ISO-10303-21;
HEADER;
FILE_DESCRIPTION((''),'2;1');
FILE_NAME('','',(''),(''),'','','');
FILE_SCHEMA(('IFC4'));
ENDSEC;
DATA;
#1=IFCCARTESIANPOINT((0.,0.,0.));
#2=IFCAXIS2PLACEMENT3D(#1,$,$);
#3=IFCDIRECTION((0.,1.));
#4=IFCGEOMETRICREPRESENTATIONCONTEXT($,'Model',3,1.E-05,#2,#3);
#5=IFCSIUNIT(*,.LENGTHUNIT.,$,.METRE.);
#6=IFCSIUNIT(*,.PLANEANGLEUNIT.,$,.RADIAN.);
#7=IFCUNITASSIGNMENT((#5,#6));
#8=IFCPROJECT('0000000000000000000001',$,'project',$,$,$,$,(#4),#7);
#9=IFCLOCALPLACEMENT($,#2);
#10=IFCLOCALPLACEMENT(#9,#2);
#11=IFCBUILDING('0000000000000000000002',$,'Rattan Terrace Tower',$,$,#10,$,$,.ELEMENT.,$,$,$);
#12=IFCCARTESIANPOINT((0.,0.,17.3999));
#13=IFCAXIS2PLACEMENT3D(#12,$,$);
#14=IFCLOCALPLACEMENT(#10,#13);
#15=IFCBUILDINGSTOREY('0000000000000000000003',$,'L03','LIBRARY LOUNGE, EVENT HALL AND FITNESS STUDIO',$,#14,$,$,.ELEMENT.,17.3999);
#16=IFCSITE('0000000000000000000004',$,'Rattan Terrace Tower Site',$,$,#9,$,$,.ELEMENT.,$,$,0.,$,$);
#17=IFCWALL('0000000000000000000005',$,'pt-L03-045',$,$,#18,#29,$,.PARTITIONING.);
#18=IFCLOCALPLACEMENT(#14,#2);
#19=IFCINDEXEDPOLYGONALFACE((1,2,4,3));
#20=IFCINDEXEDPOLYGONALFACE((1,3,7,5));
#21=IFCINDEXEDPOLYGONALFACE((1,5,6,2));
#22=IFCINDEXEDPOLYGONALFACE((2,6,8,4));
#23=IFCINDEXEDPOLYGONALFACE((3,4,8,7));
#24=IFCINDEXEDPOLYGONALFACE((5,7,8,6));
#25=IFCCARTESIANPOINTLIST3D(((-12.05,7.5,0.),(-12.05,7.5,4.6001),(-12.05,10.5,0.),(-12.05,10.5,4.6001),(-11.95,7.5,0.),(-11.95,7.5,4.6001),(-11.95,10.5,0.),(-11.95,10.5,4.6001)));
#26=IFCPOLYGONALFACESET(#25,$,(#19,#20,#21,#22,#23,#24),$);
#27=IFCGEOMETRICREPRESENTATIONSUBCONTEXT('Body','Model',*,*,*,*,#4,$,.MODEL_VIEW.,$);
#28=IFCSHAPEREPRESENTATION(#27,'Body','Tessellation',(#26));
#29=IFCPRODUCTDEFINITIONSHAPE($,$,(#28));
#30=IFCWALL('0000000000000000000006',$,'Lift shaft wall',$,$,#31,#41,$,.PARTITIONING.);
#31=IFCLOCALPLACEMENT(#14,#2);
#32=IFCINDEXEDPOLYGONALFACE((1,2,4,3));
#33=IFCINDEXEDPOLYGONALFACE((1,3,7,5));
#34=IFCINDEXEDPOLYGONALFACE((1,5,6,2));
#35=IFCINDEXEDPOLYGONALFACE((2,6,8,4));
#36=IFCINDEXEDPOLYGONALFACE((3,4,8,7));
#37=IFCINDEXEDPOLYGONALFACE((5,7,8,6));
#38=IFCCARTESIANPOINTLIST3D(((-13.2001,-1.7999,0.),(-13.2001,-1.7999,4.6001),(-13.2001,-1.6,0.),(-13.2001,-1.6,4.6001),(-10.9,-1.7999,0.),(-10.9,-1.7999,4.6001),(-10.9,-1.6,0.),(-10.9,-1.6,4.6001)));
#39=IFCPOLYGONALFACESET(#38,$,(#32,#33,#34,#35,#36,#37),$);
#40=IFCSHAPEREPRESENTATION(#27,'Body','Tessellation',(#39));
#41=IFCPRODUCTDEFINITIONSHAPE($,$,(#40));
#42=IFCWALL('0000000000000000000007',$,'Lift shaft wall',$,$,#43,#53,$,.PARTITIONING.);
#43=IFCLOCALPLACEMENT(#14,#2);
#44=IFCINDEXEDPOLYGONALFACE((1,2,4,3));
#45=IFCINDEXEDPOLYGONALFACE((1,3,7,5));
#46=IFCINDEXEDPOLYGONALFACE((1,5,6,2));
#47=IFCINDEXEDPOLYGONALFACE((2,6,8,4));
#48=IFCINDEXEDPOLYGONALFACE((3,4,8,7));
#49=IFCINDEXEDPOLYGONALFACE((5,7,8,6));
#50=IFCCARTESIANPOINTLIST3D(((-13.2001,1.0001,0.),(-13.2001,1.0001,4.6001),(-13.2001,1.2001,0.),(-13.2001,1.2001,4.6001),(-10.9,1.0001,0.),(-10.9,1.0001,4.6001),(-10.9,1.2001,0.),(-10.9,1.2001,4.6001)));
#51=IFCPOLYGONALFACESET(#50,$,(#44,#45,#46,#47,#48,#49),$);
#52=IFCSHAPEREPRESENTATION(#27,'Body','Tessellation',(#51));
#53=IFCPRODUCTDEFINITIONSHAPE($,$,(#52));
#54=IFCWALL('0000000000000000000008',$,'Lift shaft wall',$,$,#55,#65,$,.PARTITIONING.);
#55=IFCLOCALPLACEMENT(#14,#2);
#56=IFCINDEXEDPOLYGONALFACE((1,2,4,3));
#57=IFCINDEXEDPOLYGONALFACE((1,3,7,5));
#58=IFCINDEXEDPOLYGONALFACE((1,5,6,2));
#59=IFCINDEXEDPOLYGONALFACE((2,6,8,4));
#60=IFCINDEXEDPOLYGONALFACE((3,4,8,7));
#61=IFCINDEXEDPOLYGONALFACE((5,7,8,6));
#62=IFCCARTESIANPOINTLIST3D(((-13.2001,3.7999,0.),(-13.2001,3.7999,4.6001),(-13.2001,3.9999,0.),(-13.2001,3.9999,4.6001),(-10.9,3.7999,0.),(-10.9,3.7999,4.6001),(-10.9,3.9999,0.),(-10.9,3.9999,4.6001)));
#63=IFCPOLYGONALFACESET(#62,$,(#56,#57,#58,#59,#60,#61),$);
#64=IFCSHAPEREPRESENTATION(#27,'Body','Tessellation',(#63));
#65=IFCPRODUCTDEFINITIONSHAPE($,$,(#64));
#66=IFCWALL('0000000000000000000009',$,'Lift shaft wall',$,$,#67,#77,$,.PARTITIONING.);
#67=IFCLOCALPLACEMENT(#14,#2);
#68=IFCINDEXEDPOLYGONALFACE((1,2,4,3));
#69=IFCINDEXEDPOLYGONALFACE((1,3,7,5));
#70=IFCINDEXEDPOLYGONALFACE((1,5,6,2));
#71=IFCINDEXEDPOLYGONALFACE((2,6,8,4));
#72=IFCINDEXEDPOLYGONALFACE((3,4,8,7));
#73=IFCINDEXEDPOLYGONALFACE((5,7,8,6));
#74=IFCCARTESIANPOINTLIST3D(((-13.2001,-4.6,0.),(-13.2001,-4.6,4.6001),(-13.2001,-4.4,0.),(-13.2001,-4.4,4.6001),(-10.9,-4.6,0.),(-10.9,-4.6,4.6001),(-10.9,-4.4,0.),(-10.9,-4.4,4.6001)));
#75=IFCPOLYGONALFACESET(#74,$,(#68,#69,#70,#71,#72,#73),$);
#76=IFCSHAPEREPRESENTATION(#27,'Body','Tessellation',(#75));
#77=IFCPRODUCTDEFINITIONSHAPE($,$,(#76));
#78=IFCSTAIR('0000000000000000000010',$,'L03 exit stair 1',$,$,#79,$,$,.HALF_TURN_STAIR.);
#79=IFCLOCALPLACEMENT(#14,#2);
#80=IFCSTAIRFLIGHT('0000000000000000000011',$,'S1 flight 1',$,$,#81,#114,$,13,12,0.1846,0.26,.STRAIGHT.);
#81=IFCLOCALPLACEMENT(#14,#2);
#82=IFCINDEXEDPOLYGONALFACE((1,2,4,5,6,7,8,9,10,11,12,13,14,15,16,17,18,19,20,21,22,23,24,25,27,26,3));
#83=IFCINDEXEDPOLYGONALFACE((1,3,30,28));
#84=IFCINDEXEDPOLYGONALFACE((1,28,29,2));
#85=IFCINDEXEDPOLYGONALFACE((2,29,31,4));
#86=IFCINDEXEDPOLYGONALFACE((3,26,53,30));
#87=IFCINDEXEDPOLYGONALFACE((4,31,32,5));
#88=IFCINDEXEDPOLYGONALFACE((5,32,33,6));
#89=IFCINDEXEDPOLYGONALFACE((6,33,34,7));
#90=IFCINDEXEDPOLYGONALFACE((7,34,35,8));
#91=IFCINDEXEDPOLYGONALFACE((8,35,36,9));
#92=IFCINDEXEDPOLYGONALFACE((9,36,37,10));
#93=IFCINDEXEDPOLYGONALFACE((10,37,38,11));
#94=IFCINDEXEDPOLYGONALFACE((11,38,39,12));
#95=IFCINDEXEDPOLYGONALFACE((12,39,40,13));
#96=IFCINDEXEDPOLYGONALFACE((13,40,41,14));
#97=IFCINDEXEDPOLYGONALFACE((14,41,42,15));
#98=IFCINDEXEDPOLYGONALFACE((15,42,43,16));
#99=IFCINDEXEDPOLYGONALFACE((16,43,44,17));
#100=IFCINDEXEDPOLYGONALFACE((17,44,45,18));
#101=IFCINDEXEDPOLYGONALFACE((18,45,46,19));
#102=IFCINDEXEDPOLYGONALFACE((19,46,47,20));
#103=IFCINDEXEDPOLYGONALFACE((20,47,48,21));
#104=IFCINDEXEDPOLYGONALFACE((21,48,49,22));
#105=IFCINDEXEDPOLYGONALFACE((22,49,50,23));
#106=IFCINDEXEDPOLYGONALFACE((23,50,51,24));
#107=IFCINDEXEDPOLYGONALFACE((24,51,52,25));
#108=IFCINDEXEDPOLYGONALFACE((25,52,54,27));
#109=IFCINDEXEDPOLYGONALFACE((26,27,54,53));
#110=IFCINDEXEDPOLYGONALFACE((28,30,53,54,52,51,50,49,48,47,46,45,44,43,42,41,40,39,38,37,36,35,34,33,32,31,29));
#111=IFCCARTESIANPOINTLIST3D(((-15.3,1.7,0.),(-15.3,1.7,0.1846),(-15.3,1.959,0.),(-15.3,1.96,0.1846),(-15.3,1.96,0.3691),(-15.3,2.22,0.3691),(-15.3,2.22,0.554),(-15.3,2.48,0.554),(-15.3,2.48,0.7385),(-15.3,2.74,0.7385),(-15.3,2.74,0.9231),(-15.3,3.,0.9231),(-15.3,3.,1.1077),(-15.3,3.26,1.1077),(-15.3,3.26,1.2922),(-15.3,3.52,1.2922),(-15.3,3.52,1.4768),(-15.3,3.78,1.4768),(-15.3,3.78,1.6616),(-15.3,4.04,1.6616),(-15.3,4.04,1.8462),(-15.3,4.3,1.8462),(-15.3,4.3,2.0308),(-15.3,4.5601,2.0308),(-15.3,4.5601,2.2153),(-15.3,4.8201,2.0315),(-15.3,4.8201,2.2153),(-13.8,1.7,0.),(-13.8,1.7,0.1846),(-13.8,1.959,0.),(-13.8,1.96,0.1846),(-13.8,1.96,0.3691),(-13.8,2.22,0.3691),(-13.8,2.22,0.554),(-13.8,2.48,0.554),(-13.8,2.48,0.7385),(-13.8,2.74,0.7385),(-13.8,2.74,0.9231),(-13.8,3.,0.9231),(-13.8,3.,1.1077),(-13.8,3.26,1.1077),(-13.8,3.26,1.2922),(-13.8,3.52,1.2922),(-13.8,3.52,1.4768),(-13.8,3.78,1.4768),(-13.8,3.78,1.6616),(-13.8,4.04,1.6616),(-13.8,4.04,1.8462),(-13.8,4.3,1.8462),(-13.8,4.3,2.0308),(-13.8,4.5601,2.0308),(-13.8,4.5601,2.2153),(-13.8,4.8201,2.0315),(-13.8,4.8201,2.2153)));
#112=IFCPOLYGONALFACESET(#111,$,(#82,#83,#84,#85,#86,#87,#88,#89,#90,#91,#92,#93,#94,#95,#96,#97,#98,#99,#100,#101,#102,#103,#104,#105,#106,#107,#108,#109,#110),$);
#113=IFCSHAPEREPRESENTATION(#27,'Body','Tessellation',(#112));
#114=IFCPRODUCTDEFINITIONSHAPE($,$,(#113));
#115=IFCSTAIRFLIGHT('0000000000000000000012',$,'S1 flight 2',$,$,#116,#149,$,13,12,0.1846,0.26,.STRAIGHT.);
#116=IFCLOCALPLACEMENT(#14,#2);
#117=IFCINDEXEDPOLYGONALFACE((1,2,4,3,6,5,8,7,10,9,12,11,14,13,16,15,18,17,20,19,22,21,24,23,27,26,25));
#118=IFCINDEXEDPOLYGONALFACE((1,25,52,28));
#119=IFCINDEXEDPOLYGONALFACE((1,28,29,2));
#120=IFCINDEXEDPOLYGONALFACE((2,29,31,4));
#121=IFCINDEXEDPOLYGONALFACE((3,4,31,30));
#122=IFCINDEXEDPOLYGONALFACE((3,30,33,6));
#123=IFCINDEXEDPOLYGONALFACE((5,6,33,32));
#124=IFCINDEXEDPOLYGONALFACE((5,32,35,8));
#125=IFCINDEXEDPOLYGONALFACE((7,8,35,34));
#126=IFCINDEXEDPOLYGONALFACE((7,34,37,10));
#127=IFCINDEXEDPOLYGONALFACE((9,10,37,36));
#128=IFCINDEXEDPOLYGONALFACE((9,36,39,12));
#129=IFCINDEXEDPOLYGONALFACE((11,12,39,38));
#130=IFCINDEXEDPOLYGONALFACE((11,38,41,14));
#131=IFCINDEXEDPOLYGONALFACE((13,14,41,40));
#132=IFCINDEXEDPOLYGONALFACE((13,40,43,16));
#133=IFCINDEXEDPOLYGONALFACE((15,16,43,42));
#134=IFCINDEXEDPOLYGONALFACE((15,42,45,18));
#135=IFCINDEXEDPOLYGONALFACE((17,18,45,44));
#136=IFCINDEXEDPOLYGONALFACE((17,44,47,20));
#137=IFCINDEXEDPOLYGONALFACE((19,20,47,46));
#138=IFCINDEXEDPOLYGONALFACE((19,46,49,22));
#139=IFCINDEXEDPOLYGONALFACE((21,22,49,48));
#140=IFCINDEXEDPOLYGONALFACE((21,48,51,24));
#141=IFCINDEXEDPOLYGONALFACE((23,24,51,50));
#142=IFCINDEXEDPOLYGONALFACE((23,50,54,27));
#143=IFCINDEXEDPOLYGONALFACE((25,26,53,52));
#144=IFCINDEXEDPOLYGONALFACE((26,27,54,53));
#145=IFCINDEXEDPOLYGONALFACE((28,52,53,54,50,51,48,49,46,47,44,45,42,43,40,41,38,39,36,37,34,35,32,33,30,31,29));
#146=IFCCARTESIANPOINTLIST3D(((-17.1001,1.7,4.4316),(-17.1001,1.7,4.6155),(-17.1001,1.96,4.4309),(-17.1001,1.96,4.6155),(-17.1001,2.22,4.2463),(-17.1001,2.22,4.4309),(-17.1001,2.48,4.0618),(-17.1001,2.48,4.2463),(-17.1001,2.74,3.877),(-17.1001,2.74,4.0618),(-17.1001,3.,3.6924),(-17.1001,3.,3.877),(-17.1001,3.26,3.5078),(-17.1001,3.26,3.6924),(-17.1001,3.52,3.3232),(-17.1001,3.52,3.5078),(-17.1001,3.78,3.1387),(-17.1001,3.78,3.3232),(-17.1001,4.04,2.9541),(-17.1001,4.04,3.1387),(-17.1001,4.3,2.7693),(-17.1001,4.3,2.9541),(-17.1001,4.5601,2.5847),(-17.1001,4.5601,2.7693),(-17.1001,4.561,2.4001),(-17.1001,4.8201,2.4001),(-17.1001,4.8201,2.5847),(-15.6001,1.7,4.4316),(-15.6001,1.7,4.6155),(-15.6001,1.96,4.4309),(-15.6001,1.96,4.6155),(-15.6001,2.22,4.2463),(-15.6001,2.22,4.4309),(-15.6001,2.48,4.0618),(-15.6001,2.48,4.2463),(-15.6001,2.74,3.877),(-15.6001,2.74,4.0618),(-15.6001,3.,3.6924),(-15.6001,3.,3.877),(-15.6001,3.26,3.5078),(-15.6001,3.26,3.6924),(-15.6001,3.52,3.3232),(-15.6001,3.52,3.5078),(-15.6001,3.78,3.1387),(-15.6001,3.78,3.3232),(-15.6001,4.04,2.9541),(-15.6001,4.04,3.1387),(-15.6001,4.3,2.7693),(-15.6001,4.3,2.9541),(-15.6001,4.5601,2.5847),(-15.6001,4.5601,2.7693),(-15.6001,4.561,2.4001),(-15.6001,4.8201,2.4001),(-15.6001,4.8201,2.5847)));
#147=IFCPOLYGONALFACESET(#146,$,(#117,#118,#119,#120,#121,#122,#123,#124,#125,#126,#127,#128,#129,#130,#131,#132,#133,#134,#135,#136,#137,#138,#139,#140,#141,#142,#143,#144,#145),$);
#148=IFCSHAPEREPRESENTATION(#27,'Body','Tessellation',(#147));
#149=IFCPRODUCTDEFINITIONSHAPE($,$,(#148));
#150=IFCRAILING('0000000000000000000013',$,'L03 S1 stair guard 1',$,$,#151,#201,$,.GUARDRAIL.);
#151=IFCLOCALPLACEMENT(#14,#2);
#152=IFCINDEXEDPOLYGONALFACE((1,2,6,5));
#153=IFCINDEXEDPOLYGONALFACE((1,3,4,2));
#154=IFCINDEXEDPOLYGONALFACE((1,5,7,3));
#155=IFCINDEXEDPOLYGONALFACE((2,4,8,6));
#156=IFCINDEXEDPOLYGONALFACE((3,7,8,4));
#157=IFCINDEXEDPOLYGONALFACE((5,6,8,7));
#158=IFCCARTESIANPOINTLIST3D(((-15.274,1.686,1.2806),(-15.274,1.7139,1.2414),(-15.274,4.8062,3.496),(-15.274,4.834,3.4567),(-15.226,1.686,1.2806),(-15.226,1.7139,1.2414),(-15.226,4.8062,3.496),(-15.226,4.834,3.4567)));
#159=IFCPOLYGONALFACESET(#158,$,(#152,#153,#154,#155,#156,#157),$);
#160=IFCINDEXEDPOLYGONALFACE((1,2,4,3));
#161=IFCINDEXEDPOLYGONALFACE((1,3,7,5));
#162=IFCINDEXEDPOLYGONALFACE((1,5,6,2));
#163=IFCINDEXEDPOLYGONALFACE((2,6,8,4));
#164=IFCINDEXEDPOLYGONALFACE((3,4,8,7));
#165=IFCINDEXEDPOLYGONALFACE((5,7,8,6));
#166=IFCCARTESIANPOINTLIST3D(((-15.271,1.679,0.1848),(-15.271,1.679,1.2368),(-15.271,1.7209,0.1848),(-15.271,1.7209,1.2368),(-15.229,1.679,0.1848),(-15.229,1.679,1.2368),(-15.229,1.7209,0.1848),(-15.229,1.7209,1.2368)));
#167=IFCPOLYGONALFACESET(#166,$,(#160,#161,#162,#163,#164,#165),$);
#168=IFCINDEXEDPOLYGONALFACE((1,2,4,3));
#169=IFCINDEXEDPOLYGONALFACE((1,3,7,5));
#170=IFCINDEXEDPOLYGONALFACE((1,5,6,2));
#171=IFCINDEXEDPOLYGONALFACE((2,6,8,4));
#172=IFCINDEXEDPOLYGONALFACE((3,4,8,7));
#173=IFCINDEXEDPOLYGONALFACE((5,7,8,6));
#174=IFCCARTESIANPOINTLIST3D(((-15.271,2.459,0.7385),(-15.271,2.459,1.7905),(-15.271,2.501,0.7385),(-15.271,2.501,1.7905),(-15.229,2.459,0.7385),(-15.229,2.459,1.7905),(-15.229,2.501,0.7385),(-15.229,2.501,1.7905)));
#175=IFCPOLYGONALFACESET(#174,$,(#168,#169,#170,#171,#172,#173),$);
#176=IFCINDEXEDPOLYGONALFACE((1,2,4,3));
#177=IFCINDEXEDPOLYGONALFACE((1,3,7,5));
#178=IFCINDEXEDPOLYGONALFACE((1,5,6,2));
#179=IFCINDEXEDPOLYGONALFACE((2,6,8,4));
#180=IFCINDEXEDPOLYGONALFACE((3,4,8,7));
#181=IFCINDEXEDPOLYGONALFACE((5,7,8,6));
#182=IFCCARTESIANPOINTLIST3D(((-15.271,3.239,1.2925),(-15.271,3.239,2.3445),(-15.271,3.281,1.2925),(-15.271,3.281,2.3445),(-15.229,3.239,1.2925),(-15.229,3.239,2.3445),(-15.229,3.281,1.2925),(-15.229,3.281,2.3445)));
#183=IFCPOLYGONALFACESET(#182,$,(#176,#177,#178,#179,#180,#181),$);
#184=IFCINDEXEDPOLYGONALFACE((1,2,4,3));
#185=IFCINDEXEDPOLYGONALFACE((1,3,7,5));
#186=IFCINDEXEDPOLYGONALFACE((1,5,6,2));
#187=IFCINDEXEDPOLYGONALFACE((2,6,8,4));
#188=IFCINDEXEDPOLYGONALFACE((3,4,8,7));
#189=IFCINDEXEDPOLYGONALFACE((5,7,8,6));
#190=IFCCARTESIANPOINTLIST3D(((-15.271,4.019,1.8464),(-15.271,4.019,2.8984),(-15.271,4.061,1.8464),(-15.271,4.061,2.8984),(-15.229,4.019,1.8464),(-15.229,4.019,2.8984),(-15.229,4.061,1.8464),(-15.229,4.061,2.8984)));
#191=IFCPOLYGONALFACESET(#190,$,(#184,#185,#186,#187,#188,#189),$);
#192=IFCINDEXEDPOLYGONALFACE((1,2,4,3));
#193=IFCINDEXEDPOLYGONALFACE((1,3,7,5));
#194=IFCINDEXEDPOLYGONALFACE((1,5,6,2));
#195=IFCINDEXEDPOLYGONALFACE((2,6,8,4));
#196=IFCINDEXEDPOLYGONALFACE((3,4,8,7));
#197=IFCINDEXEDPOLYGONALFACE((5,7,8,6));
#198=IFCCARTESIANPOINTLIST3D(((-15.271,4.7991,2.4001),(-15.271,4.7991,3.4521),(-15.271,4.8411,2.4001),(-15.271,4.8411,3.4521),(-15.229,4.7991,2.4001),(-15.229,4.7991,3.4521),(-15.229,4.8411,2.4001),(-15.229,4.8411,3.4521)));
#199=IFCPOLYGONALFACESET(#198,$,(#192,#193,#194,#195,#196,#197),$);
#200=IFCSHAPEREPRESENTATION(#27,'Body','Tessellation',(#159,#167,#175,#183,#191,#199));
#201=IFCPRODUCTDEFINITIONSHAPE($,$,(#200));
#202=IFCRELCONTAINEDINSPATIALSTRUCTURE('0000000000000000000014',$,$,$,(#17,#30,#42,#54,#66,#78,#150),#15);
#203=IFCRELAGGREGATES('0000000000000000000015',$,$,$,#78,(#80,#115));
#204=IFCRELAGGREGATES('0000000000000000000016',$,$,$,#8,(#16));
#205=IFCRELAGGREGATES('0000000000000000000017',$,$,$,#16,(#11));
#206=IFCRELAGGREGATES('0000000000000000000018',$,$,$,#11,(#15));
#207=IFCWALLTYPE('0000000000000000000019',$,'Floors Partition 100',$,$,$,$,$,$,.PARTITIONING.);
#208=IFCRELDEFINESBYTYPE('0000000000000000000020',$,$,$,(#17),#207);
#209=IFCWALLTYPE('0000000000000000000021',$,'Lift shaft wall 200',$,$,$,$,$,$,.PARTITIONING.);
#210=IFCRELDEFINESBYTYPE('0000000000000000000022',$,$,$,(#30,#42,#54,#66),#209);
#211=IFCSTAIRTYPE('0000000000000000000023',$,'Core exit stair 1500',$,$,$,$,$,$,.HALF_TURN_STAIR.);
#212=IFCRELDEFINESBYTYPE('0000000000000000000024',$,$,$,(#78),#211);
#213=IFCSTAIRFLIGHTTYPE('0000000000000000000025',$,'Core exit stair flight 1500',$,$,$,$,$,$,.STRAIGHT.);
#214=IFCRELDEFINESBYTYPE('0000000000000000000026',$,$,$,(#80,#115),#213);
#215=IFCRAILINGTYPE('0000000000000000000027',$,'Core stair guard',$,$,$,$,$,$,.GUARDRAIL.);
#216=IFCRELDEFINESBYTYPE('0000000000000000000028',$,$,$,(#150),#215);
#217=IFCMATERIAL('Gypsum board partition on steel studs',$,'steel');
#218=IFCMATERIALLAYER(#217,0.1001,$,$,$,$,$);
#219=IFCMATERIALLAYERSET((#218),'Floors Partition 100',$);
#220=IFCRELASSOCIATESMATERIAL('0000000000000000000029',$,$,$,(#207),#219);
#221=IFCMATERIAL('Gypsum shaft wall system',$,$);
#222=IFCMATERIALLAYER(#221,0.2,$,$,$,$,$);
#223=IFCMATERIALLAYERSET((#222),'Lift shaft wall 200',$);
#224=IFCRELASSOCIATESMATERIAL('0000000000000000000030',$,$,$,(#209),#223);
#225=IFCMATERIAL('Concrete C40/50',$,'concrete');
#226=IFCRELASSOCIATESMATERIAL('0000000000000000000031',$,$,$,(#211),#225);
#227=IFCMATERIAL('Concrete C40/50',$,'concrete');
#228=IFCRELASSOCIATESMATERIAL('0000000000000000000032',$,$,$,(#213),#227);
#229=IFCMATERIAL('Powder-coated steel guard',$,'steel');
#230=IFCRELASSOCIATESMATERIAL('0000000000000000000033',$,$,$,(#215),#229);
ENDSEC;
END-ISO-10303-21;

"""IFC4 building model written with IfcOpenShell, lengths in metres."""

from ifc_helpers import new_model, si_unit, direction, frame, frame_2d, origin, origin_2d, place, context, subcontext, project, spatial, polyline, rectangle, outline, extrude, material, layer, layer_set, type_object, element, aggregate, save


model = new_model("IFC4")

# Units and contexts
model_context = context("Model", 3, precision=1e-05, world=origin(), true_north=direction((0.0, 1.0)))
body_context = subcontext(model_context, "Body", "Model", "MODEL_VIEW")
ifc_project = project(units=[si_unit("LENGTHUNIT", "METRE"), si_unit("PLANEANGLEUNIT", "RADIAN")], contexts=[model_context])

# Site, building, storey
site_placement = place(None, origin())
site = spatial("IfcSite", under=ifc_project, at=site_placement, Name="Rattan Terrace Tower Site", CompositionType="ELEMENT", RefElevation=0.0)
building_placement = place(site_placement, origin())
building = spatial("IfcBuilding", under=site, at=building_placement, Name="Rattan Terrace Tower", CompositionType="ELEMENT")
storey_placement = place(building_placement, frame((0.0, 0.0, 17.3999)))
storey = spatial("IfcBuildingStorey", under=building, at=storey_placement, Name="L03", Description="LIBRARY LOUNGE, EVENT HALL AND FITNESS STUDIO", CompositionType="ELEMENT", Elevation=17.3999)

# Shared definitions
ifc_material_1 = material(Name="Gypsum board partition on steel studs", Category="steel")
ifc_layer_1 = layer(ifc_material_1, 0.1001)
ifc_layer_set_1 = layer_set([ifc_layer_1], Name="Floors Partition 100")
wall_type_1 = type_object("IfcWallType", Name="Floors Partition 100", PredefinedType="PARTITIONING", material=ifc_layer_set_1)

# Walls
wall_1_placement = place(storey_placement, frame((-12.0, 7.5, 0.0), z_axis=(0.0, 0.0, 1.0), x_axis=(0.0, 1.0, 0.0)))
element("IfcWall", 1, at=wall_1_placement, inside=storey, type_object=wall_type_1, Name="pt-L03-045", PredefinedType="PARTITIONING", context=body_context, shape_type="SweptSolid", body=[
    extrude(rectangle(XDim=3.0, YDim=0.1001, at=frame_2d((1.5, 0.0))), origin(), (0.0, 0.0, 1.0), 4.6001),
])
ifc_material_2 = material(Name="Gypsum shaft wall system")
ifc_layer_2 = layer(ifc_material_2, 0.2)
ifc_layer_set_2 = layer_set([ifc_layer_2], Name="Lift shaft wall 200")
wall_type_2 = type_object("IfcWallType", Name="Lift shaft wall 200", PredefinedType="PARTITIONING", material=ifc_layer_set_2)
for number, where, z_axis, x_axis, name in (
    (2, (-13.2, -1.7, 0.0), (0.0, 0.0, 1.0), (1.0, 0.0, 0.0), "Lift shaft wall"),
    (3, (-13.2, 1.1001, 0.0), (0.0, 0.0, 1.0), (1.0, 0.0, 0.0), "Lift shaft wall"),
    (4, (-13.2, 3.8999, 0.0), (0.0, 0.0, 1.0), (1.0, 0.0, 0.0), "Lift shaft wall"),
    (5, (-13.2, -4.5, 0.0), (0.0, 0.0, 1.0), (1.0, 0.0, 0.0), "Lift shaft wall"),
):
    element("IfcWall", number, at=place(storey_placement, frame(where, z_axis=z_axis, x_axis=x_axis)), inside=storey, type_object=wall_type_2, Name=name, PredefinedType="PARTITIONING", context=body_context, shape_type="SweptSolid", body=[
        extrude(rectangle(XDim=2.3, YDim=0.2, at=frame_2d((1.1499, 0.0))), origin(), (0.0, 0.0, 1.0), 4.6001),
    ])

# Stair, stair flights
ifc_material_3 = material(Name="Concrete C40/50", Category="concrete")
stair_type = type_object("IfcStairType", Name="Core exit stair 1500", PredefinedType="HALF_TURN_STAIR", material=ifc_material_3)
stair_placement = place(storey_placement, origin())
stair = element("IfcStair", 6, at=stair_placement, inside=storey, type_object=stair_type, Name="L03 exit stair 1", PredefinedType="HALF_TURN_STAIR")
ifc_material_4 = material(Name="Concrete C40/50", Category="concrete")
stair_flight_type = type_object("IfcStairFlightType", Name="Core exit stair flight 1500", PredefinedType="STRAIGHT", material=ifc_material_4)
stair_flight_1_placement = place(storey_placement, frame((-14.55, 1.7, 0.0), z_axis=(0.0, 0.0, 1.0), x_axis=(0.0, 1.0, 0.0)))
stair_flight_1 = element("IfcStairFlight", 7, at=stair_flight_1_placement, type_object=stair_flight_type, Name="S1 flight 1", NumberOfRisers=13, NumberOfTreads=12, PredefinedType="STRAIGHT", RiserHeight=0.1846, TreadLength=0.26, context=body_context, shape_type="SweptSolid", body=[
    extrude(outline(polyline([(0.0, 0.0), (0.0, 0.1846), (0.26, 0.1846), (0.26, 0.3691), (0.52, 0.3691), (0.52, 0.554), (0.78, 0.554), (0.78, 0.7385), (1.04, 0.7385), (1.04, 0.9231), (1.3, 0.9231), (1.3, 1.1077), (1.5601, 1.1077), (1.5601, 1.2922), (1.8201, 1.2922), (1.8201, 1.4768), (2.0801, 1.4768), (2.0801, 1.6616), (2.3401, 1.6616), (2.3401, 1.8462), (2.6001, 1.8462), (2.6001, 2.0308), (2.8601, 2.0308), (2.8601, 2.2153), (3.1201, 2.2153), (3.1201, 2.3999), (3.1201, 2.0315), (0.259, 0.0), (0.0, 0.0)])), frame((0.0, 0.75, 0.0), z_axis=(0.0, -1.0, 0.0), x_axis=(1.0, 0.0, 0.0)), (0.0, 0.0, 1.0), 1.5),
])
stair_flight_2_placement = place(storey_placement, frame((-16.3501, 4.8201, 2.4001), z_axis=(0.0, 0.0, 1.0), x_axis=(0.0, -1.0, 0.0)))
stair_flight_2 = element("IfcStairFlight", 8, at=stair_flight_2_placement, type_object=stair_flight_type, Name="S1 flight 2", NumberOfRisers=13, NumberOfTreads=12, PredefinedType="STRAIGHT", RiserHeight=0.1846, TreadLength=0.26, context=body_context, shape_type="SweptSolid", body=[
    extrude(outline(polyline([(0.0, 0.0), (0.0, 0.1846), (0.26, 0.1846), (0.26, 0.3691), (0.52, 0.3691), (0.52, 0.554), (0.78, 0.554), (0.78, 0.7385), (1.04, 0.7385), (1.04, 0.9231), (1.3, 0.9231), (1.3, 1.1077), (1.5601, 1.1077), (1.5601, 1.2922), (1.8201, 1.2922), (1.8201, 1.4768), (2.0801, 1.4768), (2.0801, 1.6616), (2.3401, 1.6616), (2.3401, 1.8462), (2.6001, 1.8462), (2.6001, 2.0308), (2.8601, 2.0308), (2.8601, 2.2153), (3.1201, 2.2153), (3.1201, 2.3999), (3.1201, 2.0315), (0.259, 0.0), (0.0, 0.0)])), frame((0.0, 0.75, 0.0), z_axis=(0.0, -1.0, 0.0), x_axis=(1.0, 0.0, 0.0)), (0.0, 0.0, 1.0), 1.5),
])
aggregate(stair, [stair_flight_1, stair_flight_2])

# Railing
ifc_material_5 = material(Name="Powder-coated steel guard", Category="steel")
railing_type_1 = type_object("IfcRailingType", Name="Core stair guard", PredefinedType="GUARDRAIL", material=ifc_material_5)
railing_1_placement = place(storey_placement, frame((-15.25, 1.7, 0.1848)))
element("IfcRailing", 9, at=railing_1_placement, inside=storey, type_object=railing_type_1, Name="L03 S1 stair guard 1", PredefinedType="GUARDRAIL", context=body_context, shape_type="SweptSolid", body=[
    extrude(rectangle(XDim=0.0481, YDim=0.0481, at=origin_2d()), frame((0.0, 0.0, 1.0762), z_axis=(0.0, 0.815377, 0.57893), x_axis=(-1.0, 0.0, 0.0)), (0.0, 0.0, 1.0), 3.8267),
    extrude(rectangle(XDim=0.042, YDim=0.042, at=origin_2d()), origin(), (0.0, 0.0, 1.0), 1.052),
    extrude(rectangle(XDim=0.042, YDim=0.042, at=origin_2d()), frame((0.0, 0.78, 0.5537)), (0.0, 0.0, 1.0), 1.052),
    extrude(rectangle(XDim=0.042, YDim=0.042, at=origin_2d()), frame((0.0, 1.5601, 1.1077)), (0.0, 0.0, 1.0), 1.052),
    extrude(rectangle(XDim=0.042, YDim=0.042, at=origin_2d()), frame((0.0, 2.3401, 1.6616)), (0.0, 0.0, 1.0), 1.052),
    extrude(rectangle(XDim=0.042, YDim=0.042, at=origin_2d()), frame((0.0, 3.1201, 2.2153)), (0.0, 0.0, 1.0), 1.052),
])

save(model, "model.ifc")
